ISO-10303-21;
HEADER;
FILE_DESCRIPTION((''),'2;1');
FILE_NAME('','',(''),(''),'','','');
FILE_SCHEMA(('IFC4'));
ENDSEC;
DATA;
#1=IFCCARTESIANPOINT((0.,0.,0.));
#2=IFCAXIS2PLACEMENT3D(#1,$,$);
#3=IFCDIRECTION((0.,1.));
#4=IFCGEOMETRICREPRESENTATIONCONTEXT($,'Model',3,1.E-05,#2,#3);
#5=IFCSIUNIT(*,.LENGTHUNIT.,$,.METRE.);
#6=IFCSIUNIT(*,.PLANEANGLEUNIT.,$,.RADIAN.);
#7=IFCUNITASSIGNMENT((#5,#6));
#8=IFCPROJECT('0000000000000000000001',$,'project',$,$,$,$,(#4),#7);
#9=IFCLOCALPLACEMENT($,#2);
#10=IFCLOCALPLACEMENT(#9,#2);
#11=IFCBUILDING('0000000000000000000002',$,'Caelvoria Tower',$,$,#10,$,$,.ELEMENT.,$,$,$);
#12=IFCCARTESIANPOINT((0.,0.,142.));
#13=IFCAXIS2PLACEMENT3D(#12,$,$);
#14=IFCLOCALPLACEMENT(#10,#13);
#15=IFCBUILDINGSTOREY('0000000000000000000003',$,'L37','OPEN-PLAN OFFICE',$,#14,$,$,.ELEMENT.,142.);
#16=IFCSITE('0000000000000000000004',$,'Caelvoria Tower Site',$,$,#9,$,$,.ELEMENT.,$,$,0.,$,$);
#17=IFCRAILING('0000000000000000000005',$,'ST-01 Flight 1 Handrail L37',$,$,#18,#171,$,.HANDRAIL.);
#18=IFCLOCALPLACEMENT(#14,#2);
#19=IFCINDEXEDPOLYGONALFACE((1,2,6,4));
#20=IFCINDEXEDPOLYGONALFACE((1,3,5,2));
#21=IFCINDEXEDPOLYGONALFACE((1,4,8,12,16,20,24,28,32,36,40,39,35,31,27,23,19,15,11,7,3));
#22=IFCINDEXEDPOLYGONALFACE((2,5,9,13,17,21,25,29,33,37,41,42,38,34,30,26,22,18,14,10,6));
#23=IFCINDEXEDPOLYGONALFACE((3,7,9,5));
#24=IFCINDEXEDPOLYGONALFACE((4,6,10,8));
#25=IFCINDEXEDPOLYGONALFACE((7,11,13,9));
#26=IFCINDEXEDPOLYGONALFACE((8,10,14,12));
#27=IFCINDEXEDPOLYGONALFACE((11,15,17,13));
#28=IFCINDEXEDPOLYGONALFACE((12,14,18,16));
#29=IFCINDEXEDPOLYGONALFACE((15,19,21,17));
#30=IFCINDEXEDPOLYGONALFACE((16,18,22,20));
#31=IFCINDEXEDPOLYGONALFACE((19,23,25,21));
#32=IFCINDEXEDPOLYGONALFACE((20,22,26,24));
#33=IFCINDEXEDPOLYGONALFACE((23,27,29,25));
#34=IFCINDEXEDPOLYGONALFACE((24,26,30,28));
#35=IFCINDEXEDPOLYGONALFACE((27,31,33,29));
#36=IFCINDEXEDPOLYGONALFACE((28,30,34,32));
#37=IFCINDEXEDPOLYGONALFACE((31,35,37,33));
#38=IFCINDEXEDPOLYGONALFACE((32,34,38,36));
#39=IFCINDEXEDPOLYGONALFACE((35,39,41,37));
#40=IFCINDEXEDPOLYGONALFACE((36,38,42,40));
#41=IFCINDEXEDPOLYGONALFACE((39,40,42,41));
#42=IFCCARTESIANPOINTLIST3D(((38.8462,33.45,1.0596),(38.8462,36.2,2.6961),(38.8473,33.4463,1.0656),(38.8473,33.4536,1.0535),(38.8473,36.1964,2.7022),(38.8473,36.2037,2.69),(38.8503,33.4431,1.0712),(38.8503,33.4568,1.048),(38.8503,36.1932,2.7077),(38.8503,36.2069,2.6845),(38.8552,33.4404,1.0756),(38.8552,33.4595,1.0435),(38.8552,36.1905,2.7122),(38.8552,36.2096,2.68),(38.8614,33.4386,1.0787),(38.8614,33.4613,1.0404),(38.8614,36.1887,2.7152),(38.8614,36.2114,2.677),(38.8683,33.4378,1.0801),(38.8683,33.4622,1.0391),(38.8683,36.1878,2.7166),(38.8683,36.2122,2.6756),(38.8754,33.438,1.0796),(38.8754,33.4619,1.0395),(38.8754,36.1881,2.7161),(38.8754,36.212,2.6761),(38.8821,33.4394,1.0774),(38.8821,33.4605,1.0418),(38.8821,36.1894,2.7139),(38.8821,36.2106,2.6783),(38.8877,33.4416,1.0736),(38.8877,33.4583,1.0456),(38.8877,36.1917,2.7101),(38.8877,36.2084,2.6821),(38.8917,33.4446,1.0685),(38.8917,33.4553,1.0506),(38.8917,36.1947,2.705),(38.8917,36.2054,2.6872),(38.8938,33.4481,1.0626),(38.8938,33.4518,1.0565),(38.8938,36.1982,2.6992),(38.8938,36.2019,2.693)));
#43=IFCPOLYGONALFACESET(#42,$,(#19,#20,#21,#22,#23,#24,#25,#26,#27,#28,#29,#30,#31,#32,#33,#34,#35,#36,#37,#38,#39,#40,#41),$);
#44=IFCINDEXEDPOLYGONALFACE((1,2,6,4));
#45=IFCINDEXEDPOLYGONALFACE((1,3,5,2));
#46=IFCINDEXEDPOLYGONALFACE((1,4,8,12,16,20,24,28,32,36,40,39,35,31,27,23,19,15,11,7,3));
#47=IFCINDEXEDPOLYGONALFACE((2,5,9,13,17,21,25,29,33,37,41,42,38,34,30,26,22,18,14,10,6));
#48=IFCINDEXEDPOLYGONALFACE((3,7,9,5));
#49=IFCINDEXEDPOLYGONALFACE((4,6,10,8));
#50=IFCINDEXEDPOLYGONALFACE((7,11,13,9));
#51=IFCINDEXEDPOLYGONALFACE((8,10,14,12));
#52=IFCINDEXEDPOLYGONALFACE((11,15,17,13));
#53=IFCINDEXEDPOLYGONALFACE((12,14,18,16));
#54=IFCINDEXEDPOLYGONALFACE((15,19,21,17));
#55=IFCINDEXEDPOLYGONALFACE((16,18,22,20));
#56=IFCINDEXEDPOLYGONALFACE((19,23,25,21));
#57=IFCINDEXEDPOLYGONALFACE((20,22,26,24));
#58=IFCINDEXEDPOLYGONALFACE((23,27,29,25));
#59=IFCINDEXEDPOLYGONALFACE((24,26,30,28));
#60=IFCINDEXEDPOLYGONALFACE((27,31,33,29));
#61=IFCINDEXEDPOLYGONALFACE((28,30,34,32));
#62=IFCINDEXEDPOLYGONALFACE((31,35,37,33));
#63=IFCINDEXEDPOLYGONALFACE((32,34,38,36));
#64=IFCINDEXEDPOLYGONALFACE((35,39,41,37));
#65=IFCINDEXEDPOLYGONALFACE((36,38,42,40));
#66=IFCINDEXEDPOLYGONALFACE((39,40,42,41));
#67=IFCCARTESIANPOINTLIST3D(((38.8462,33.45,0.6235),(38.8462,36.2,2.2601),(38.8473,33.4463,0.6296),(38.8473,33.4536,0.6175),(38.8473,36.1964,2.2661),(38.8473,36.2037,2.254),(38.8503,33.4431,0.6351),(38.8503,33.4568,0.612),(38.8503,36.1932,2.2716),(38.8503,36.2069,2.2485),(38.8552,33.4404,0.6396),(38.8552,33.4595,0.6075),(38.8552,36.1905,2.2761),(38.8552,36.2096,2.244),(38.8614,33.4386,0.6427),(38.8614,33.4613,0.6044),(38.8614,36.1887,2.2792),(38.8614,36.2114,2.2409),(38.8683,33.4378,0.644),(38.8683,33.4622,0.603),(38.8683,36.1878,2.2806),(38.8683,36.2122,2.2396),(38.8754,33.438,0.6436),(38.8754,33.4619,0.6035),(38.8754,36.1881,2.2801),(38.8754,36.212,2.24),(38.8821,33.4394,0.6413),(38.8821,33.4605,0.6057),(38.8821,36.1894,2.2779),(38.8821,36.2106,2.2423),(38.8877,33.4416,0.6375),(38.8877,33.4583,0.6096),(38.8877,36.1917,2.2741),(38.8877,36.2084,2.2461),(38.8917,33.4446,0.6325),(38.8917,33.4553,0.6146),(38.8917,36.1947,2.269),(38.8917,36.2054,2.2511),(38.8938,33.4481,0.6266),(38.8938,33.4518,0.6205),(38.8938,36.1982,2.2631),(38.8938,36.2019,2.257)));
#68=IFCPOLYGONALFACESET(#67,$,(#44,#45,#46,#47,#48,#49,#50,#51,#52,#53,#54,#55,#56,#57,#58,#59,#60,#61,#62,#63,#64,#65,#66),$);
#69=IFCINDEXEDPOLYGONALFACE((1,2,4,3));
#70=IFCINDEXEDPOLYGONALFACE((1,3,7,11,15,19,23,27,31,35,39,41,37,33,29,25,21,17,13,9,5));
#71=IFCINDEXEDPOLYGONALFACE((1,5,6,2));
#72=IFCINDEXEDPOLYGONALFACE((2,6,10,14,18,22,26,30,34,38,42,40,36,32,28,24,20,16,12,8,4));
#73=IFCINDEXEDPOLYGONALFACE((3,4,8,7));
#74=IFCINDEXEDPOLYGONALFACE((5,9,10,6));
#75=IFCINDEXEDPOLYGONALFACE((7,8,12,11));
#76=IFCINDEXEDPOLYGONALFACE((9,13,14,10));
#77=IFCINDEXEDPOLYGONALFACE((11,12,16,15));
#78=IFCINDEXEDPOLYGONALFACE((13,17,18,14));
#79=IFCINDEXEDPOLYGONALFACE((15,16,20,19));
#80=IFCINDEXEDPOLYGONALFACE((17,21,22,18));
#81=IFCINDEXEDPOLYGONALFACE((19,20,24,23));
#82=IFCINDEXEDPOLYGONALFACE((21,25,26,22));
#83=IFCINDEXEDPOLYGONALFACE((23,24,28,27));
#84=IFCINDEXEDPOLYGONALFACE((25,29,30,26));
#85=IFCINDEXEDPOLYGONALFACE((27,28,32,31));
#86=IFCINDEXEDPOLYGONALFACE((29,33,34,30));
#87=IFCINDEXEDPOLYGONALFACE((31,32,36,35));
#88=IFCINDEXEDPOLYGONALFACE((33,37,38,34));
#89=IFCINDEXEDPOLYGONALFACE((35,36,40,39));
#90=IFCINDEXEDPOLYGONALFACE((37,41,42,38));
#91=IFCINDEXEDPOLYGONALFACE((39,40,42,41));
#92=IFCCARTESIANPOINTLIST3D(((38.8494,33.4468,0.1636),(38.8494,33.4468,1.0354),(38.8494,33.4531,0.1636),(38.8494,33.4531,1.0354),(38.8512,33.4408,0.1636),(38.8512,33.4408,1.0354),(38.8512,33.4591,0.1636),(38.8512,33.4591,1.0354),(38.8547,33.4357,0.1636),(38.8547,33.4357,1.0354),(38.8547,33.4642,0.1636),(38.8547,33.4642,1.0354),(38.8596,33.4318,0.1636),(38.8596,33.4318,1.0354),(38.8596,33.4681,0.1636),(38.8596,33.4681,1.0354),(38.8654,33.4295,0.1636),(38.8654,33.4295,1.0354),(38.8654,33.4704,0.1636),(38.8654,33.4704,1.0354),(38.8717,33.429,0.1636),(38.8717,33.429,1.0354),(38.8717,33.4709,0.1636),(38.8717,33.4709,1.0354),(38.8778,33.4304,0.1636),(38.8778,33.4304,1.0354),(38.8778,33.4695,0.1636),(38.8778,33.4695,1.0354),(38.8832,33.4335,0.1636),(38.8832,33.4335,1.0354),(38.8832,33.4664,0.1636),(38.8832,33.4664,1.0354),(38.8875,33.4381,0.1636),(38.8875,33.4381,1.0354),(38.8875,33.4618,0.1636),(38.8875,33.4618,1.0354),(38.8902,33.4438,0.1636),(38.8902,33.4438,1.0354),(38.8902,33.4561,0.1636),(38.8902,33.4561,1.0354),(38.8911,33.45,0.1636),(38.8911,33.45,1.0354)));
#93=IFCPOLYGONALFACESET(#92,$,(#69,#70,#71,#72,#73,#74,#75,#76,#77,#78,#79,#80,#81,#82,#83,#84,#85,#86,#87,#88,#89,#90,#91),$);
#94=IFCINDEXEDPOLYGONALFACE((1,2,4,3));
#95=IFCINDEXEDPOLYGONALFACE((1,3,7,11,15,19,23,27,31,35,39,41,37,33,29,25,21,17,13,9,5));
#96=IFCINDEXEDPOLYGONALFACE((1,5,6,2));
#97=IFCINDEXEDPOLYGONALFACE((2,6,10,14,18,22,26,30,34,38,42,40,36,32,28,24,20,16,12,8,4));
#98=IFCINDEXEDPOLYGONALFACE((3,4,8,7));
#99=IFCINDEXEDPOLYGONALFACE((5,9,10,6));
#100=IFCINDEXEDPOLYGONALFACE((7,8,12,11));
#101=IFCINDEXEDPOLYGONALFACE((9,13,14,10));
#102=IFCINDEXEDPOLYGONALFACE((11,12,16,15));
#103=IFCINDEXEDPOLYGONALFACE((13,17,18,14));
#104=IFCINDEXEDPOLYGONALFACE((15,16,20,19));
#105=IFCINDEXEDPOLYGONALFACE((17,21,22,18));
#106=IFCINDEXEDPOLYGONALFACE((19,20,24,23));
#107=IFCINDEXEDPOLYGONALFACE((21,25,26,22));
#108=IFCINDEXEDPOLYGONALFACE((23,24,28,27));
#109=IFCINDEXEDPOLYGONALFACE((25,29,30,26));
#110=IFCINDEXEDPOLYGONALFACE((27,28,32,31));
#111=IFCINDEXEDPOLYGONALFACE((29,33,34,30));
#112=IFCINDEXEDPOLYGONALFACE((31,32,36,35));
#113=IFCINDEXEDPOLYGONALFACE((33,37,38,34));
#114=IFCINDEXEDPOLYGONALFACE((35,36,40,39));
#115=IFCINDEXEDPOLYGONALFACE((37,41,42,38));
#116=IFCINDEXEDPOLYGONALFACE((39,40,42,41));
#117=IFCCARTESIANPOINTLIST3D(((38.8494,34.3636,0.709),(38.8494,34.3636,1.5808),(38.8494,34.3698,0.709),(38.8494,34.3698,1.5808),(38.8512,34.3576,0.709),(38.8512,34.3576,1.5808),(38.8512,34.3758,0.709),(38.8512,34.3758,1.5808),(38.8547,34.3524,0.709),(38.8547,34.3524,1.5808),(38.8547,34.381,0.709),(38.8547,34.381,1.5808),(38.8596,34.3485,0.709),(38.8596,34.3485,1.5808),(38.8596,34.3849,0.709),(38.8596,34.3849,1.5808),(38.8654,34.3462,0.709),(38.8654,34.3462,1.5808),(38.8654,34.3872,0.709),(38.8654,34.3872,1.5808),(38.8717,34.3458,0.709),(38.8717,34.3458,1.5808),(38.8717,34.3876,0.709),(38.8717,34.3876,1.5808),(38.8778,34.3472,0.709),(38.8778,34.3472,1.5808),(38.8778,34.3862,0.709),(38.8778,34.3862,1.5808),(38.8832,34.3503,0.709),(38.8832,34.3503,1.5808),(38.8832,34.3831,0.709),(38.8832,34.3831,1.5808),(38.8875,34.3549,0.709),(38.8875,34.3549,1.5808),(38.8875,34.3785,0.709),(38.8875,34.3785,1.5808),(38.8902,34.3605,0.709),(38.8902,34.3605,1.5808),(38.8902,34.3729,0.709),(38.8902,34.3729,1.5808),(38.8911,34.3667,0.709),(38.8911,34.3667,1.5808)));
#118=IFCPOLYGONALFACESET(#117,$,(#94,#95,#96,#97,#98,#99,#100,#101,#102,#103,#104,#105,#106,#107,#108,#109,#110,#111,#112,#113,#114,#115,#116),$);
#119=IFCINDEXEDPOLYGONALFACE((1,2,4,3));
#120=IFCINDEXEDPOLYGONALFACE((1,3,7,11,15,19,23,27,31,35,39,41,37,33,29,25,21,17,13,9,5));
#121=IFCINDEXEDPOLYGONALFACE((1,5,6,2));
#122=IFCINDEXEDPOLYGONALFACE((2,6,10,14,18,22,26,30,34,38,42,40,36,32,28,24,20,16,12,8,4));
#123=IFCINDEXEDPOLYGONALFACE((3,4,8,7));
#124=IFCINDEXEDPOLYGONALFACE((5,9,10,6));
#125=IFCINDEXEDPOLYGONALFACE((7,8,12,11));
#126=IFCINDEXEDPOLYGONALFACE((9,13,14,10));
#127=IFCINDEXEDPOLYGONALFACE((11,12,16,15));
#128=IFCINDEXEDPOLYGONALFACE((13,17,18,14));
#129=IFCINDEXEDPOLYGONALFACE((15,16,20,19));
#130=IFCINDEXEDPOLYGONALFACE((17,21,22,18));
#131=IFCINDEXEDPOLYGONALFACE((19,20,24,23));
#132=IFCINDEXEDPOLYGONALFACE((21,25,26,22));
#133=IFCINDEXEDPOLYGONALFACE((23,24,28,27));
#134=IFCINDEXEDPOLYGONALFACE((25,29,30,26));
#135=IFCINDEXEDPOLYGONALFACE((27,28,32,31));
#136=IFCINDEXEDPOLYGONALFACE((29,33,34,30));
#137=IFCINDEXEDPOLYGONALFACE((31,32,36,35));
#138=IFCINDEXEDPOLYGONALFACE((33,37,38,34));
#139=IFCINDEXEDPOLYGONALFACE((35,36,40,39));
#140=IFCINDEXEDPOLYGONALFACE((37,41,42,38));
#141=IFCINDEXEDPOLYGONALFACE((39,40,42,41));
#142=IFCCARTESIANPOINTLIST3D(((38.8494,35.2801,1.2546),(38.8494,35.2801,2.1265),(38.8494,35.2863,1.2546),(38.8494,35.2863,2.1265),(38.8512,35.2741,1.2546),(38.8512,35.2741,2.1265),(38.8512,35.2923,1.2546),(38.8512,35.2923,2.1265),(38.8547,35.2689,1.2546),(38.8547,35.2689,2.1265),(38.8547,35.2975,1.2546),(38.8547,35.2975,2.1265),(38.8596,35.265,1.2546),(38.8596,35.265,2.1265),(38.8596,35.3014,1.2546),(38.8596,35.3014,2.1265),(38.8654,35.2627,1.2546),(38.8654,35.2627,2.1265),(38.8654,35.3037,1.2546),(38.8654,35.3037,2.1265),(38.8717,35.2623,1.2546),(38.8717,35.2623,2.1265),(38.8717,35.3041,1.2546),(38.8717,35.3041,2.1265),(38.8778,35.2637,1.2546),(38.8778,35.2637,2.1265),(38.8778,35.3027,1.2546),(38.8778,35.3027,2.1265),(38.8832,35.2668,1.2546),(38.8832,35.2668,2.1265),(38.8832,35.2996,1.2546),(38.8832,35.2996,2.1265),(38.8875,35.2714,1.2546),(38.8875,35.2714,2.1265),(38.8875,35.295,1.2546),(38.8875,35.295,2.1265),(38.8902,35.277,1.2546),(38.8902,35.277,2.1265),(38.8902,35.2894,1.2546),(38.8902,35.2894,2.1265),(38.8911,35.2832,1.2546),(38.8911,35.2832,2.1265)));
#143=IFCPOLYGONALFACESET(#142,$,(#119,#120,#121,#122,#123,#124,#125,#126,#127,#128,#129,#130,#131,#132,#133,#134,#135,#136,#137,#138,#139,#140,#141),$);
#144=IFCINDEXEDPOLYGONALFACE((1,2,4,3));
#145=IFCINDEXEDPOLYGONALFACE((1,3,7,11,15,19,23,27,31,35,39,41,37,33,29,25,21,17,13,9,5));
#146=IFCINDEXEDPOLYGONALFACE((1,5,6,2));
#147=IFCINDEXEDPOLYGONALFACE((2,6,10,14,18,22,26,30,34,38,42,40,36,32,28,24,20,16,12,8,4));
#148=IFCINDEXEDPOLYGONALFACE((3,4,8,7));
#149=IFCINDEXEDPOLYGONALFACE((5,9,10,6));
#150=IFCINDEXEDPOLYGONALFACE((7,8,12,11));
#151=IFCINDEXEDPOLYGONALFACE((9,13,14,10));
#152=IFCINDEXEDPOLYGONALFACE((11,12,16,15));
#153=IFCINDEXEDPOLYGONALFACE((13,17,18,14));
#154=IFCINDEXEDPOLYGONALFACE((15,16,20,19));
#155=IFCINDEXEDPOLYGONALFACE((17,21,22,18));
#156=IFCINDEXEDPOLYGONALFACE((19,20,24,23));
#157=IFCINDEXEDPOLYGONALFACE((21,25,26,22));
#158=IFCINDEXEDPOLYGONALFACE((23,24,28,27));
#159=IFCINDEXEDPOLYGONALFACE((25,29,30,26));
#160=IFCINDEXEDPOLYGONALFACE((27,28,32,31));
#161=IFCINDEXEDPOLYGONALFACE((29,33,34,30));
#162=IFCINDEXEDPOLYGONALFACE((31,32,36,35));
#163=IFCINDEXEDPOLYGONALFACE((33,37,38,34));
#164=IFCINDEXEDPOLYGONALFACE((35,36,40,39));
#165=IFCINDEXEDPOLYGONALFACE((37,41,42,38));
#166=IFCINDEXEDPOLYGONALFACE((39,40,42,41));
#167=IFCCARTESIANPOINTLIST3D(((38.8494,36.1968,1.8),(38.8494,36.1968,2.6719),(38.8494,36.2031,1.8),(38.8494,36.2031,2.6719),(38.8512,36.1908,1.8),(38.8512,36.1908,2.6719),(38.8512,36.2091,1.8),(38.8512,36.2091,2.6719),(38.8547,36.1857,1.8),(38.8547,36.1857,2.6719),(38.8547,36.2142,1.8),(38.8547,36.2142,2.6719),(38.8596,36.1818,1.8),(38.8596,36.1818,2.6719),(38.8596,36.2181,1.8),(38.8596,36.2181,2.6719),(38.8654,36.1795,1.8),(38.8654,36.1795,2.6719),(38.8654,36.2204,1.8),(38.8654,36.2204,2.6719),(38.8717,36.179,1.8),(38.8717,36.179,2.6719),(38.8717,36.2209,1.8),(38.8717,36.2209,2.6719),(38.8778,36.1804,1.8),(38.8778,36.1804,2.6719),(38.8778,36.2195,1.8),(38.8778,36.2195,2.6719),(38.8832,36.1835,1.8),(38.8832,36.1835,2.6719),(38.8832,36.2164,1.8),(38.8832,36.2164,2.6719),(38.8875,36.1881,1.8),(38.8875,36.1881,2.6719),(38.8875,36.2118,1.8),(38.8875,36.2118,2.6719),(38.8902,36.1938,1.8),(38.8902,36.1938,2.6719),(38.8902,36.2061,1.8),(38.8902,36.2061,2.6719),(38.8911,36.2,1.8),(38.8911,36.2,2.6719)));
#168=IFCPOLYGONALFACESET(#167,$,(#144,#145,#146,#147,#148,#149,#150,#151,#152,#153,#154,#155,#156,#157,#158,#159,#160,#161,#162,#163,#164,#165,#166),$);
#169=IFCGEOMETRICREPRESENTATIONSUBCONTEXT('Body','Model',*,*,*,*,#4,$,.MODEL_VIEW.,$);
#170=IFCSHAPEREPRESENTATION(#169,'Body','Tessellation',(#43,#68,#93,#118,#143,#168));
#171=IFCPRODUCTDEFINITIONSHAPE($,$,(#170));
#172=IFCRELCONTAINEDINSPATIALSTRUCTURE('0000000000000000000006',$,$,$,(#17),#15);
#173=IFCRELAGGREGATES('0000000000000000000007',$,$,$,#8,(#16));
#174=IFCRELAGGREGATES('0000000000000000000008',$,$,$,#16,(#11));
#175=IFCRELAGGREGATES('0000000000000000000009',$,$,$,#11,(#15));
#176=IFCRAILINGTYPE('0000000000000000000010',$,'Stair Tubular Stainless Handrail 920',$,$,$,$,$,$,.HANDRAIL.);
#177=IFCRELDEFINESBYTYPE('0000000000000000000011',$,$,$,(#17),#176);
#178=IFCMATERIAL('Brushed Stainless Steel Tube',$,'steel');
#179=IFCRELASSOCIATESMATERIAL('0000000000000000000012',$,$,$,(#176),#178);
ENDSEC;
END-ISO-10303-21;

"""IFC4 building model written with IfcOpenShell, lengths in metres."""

from ifc_helpers import new_model, si_unit, direction, frame, origin, origin_2d, place, context, subcontext, project, spatial, circle, extrude, material, type_object, element, save


model = new_model("IFC4")

# Units and contexts
model_context = context("Model", 3, precision=1e-05, world=origin(), true_north=direction((0.0, 1.0)))
body_context = subcontext(model_context, "Body", "Model", "MODEL_VIEW")
ifc_project = project(units=[si_unit("LENGTHUNIT", "METRE"), si_unit("PLANEANGLEUNIT", "RADIAN")], contexts=[model_context])

# Site, building, storey
site_placement = place(None, origin())
site = spatial("IfcSite", under=ifc_project, at=site_placement, Name="Caelvoria Tower Site", CompositionType="ELEMENT", RefElevation=0.0)
building_placement = place(site_placement, origin())
building = spatial("IfcBuilding", under=site, at=building_placement, Name="Caelvoria Tower", CompositionType="ELEMENT")
storey_placement = place(building_placement, frame((0.0, 0.0, 142.0)))
storey = spatial("IfcBuildingStorey", under=building, at=storey_placement, Name="L37", Description="OPEN-PLAN OFFICE", CompositionType="ELEMENT", Elevation=142.0)

# Railing
ifc_material_1 = material(Name="Brushed Stainless Steel Tube", Category="steel")
railing_type_1 = type_object("IfcRailingType", Name="Stair Tubular Stainless Handrail 920", PredefinedType="HANDRAIL", material=ifc_material_1)
railing_1_placement = place(storey_placement, frame((38.8701, 33.45, 0.1636)))
element("IfcRailing", 1, at=railing_1_placement, inside=storey, type_object=railing_type_1, Name="ST-01 Flight 1 Handrail L37", PredefinedType="HANDRAIL", context=body_context, shape_type="SweptSolid", body=[
    extrude(circle(Radius=0.0239, at=origin_2d()), frame((0.0, 0.0, 0.896), z_axis=(0.0, 0.859352, 0.511385), x_axis=(-1.0, 0.0, 0.0)), (0.0, 0.0, 1.0), 3.2002),
    extrude(circle(Radius=0.0239, at=origin_2d()), frame((0.0, 0.0, 0.46), z_axis=(0.0, 0.859352, 0.511385), x_axis=(-1.0, 0.0, 0.0)), (0.0, 0.0, 1.0), 3.2002),
    extrude(circle(Radius=0.021, at=origin_2d()), origin(), (0.0, 0.0, 1.0), 0.8718),
    extrude(circle(Radius=0.021, at=origin_2d()), frame((0.0, 0.9167, 0.5454)), (0.0, 0.0, 1.0), 0.8718),
    extrude(circle(Radius=0.021, at=origin_2d()), frame((0.0, 1.8333, 1.0911)), (0.0, 0.0, 1.0), 0.8718),
    extrude(circle(Radius=0.021, at=origin_2d()), frame((0.0, 2.75, 1.6365)), (0.0, 0.0, 1.0), 0.8718),
])

save(model, "model.ifc")
